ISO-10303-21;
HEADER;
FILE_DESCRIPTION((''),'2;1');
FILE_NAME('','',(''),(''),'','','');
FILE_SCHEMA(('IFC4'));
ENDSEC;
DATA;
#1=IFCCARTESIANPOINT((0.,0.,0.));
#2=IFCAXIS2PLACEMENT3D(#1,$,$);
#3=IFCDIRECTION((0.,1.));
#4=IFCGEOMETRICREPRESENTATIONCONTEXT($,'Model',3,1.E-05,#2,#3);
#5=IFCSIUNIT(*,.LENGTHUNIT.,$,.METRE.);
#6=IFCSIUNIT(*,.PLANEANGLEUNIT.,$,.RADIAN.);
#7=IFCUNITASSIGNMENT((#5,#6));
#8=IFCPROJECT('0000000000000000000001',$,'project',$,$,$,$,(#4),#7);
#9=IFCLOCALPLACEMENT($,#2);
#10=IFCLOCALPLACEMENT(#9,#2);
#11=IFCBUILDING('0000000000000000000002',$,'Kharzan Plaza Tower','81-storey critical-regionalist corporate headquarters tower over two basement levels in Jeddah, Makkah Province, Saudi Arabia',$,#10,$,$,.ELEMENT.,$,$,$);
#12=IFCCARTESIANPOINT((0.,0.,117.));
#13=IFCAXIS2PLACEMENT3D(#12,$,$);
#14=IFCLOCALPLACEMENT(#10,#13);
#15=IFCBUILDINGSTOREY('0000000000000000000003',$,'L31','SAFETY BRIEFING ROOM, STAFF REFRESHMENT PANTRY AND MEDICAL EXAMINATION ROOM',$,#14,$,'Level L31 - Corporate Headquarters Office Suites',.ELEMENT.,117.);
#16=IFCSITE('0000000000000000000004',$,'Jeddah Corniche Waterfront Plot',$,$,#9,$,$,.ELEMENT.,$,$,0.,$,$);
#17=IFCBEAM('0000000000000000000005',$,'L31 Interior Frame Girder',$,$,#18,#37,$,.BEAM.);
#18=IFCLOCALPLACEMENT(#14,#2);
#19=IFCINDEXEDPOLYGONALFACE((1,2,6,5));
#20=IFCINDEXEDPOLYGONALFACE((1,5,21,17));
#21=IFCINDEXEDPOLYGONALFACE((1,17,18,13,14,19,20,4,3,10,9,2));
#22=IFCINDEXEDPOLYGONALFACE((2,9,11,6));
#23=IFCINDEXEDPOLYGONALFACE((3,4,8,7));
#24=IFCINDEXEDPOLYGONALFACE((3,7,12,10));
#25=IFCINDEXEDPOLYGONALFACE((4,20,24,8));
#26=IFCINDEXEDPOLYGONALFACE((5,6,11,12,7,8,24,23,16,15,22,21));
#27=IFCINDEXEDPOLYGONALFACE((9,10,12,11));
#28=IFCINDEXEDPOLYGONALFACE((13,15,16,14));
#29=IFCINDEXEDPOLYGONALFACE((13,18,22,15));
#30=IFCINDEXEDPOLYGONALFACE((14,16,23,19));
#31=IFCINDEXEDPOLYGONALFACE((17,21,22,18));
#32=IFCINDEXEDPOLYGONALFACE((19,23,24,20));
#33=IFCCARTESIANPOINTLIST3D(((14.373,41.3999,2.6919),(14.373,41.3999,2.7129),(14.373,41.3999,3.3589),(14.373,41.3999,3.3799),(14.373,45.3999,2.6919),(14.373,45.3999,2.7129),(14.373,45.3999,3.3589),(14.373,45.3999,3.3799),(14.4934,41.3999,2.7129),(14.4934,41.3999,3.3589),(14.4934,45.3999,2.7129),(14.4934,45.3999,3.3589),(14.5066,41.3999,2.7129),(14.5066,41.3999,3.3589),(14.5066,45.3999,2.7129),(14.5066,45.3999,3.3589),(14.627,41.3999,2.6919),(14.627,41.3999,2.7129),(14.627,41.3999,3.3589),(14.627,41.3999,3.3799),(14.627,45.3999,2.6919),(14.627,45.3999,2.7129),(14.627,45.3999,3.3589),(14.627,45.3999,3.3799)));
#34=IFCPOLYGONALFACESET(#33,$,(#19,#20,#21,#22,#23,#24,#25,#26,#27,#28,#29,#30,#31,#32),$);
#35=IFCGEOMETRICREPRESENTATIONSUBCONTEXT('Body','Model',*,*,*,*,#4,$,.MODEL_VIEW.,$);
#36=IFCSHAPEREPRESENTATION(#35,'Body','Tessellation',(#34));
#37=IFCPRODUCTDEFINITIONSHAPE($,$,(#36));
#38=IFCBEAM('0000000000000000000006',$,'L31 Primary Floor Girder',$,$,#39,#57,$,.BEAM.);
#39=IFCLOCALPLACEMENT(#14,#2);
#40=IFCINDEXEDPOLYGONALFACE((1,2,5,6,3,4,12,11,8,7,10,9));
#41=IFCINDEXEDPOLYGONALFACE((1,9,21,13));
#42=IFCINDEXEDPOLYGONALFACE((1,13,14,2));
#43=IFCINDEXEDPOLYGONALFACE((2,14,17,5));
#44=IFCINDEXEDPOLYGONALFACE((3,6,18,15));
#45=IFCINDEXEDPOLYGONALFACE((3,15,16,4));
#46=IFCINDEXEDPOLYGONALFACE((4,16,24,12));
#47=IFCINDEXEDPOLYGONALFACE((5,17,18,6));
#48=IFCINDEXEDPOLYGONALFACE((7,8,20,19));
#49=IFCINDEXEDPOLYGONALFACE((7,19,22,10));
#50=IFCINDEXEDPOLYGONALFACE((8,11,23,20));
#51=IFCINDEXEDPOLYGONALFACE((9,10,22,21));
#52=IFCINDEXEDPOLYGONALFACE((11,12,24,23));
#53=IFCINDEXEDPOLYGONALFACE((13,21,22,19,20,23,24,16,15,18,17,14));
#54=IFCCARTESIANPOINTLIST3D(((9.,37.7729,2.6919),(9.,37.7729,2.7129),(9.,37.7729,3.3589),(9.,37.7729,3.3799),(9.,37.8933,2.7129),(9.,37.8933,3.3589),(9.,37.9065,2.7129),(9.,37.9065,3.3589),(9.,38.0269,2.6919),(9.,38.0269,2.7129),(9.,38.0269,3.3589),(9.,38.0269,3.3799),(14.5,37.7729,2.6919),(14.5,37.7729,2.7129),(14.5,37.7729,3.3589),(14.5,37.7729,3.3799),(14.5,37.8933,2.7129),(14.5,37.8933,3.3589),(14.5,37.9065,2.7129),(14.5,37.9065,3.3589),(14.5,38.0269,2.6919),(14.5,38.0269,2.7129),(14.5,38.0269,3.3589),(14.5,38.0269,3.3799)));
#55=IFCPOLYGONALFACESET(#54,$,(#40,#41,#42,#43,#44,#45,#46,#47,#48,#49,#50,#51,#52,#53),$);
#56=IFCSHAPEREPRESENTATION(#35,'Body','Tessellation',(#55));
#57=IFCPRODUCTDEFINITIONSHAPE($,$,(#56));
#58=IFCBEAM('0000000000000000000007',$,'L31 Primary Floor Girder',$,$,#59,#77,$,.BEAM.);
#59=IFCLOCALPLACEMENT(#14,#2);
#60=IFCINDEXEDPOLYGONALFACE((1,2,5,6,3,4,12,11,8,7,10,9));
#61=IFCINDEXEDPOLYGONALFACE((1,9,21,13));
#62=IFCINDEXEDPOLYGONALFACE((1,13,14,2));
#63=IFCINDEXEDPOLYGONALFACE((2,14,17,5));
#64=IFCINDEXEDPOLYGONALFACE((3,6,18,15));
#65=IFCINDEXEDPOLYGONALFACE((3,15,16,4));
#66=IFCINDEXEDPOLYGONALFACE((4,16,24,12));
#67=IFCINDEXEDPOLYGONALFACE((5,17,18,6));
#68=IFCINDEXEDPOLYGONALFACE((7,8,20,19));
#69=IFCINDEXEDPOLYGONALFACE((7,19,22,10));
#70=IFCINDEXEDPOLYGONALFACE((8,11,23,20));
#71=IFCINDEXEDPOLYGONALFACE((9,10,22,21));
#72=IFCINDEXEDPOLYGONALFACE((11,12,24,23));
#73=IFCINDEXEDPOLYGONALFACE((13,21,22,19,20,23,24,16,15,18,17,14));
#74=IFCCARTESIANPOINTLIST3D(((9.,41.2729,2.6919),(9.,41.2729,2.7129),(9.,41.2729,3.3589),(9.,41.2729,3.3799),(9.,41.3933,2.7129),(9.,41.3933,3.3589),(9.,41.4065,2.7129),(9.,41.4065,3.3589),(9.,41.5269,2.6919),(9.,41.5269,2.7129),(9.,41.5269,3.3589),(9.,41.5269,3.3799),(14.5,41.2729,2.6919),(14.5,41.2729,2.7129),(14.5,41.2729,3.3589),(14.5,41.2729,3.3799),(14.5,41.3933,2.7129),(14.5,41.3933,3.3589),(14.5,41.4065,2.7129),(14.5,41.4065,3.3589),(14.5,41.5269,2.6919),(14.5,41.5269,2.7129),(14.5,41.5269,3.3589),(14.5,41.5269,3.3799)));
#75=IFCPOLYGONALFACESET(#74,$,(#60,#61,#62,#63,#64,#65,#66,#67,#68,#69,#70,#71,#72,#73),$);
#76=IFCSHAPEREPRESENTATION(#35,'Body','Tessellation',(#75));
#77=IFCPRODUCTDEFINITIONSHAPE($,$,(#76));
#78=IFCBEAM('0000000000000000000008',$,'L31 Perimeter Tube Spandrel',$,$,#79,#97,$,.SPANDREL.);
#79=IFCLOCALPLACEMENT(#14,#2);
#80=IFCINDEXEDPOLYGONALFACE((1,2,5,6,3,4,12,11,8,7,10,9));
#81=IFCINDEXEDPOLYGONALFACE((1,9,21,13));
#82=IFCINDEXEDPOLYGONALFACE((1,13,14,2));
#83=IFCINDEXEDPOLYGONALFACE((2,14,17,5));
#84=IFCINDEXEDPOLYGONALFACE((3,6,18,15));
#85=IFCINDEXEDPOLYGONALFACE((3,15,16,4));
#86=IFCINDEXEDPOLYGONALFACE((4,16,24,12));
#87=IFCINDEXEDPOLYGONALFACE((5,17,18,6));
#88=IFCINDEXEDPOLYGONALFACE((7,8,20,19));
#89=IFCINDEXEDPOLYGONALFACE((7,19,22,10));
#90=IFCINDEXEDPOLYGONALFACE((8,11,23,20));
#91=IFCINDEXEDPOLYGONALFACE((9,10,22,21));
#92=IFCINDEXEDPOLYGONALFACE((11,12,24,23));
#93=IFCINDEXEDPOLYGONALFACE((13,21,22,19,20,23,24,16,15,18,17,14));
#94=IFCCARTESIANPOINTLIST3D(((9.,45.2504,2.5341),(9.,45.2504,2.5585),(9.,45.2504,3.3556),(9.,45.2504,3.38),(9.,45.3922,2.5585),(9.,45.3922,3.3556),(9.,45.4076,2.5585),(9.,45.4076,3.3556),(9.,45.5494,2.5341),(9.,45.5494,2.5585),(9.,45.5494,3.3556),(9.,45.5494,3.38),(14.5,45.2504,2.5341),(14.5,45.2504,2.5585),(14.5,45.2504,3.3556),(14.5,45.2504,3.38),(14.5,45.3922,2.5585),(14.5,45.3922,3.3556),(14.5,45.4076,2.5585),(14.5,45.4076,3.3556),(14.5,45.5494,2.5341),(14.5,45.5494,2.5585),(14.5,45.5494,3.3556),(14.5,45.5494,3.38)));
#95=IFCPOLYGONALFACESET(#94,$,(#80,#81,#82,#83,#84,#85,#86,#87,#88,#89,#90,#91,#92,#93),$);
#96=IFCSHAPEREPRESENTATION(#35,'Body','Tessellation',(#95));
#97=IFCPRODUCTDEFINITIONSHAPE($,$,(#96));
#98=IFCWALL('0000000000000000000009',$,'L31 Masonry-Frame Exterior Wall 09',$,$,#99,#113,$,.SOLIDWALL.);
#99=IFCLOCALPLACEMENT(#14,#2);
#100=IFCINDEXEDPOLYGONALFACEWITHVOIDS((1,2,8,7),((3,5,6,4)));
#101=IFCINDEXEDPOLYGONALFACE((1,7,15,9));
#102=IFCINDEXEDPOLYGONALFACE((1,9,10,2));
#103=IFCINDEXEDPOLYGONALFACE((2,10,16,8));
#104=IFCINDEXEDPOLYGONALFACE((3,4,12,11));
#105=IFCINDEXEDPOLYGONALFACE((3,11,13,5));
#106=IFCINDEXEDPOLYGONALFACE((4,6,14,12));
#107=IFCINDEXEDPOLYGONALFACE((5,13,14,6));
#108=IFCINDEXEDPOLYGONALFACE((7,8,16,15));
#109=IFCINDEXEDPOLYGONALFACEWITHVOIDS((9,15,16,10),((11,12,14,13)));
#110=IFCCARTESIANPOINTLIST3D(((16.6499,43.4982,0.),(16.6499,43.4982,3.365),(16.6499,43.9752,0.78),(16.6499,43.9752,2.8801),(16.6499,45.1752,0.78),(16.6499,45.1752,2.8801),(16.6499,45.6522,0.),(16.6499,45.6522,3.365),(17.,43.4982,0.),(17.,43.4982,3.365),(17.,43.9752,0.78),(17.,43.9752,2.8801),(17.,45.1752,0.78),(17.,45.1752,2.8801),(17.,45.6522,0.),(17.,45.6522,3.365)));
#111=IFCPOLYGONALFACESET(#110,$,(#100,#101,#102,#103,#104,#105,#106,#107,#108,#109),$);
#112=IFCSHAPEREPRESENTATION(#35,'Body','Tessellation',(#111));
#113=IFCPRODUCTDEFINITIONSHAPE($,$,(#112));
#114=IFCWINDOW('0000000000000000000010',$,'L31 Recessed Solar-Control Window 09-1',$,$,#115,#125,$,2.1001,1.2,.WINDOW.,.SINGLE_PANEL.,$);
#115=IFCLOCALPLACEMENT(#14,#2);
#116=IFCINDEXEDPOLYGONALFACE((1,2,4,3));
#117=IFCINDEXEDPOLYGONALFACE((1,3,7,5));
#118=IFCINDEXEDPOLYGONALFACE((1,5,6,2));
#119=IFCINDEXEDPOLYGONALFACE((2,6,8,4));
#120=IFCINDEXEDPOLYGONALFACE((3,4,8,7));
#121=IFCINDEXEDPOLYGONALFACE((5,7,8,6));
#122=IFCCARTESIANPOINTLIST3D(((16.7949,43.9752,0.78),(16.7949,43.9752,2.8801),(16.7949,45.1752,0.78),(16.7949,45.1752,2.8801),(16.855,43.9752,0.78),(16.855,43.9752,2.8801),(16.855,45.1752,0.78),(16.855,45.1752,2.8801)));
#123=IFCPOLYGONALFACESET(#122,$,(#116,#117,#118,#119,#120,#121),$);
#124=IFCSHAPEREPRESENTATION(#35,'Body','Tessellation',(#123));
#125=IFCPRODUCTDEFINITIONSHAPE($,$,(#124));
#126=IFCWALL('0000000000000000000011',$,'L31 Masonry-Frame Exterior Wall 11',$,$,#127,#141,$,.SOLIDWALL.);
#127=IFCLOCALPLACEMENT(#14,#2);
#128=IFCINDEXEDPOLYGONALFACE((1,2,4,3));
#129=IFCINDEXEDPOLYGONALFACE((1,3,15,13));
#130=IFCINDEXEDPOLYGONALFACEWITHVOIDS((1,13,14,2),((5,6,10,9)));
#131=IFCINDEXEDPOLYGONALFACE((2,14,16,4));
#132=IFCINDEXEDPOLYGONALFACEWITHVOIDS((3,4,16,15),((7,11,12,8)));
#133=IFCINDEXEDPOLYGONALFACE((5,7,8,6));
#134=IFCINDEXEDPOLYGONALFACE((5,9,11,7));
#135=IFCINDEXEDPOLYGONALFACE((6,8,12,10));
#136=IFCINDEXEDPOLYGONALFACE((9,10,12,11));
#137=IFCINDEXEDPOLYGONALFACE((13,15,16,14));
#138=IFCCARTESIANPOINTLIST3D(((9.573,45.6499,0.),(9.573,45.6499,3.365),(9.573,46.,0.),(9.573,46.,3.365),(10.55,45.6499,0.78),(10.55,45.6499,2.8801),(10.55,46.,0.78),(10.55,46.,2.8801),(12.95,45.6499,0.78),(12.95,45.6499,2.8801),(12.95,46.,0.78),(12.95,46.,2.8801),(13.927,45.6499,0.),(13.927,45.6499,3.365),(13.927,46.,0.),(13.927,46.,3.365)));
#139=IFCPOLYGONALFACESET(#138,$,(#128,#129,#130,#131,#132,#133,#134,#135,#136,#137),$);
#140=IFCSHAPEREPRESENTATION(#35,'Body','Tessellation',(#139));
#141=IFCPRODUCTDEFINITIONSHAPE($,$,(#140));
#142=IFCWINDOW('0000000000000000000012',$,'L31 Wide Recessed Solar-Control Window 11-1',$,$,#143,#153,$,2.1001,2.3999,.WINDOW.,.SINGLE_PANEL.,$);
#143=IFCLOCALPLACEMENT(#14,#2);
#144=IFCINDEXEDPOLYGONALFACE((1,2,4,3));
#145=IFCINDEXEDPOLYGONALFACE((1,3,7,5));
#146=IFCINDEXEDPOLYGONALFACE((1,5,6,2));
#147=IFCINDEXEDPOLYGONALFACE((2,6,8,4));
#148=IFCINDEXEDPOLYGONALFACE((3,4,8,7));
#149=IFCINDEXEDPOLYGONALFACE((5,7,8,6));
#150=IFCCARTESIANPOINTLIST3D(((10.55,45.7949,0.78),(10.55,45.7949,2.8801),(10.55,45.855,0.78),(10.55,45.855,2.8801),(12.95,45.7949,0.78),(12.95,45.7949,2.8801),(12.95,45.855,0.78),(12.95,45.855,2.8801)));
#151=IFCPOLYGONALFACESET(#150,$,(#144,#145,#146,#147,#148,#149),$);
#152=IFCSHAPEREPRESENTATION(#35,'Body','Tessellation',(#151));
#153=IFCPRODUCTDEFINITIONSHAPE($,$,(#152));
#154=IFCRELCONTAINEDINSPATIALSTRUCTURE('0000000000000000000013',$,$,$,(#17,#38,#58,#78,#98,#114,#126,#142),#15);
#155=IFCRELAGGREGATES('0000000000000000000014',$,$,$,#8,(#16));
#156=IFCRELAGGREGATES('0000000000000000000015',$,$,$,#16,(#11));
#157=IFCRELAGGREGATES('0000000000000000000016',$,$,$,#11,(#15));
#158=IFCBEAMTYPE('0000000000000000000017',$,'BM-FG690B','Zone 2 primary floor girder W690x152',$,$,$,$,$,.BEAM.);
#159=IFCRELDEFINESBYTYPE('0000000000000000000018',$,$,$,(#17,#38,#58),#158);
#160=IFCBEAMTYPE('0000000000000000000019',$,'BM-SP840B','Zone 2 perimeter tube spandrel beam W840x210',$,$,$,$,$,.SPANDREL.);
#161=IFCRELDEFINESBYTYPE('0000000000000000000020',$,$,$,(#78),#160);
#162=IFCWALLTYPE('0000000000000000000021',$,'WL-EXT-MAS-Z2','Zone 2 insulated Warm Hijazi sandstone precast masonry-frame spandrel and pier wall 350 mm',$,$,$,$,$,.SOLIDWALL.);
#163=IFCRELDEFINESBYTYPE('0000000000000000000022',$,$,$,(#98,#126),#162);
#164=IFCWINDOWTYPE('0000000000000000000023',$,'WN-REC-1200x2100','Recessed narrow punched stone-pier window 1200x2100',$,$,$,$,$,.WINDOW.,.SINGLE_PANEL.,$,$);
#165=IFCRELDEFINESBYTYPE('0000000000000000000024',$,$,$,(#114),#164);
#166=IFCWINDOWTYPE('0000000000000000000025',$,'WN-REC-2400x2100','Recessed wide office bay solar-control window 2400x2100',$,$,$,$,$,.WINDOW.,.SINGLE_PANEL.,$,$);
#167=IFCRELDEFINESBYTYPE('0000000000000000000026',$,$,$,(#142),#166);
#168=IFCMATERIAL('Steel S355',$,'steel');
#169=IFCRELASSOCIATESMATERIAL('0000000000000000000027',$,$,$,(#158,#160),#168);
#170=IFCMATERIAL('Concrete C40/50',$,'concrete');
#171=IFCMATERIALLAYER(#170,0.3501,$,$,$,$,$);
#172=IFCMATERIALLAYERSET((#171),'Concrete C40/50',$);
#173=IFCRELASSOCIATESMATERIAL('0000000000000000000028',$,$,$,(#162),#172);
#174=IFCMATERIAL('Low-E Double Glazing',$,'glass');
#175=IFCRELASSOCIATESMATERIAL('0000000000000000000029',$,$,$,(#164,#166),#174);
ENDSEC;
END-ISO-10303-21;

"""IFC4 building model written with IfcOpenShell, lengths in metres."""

from ifc_helpers import new_model, si_unit, direction, frame, frame_2d, origin, origin_2d, place, context, subcontext, project, spatial, rectangle, i_section, extrude, source, transform, mapped, material, layer, layer_set, material_profile, profile_set, type_object, element, fill, save


model = new_model("IFC4")

# Units and contexts
model_context = context("Model", 3, precision=1e-05, world=origin(), true_north=direction((0.0, 1.0)))
body_context = subcontext(model_context, "Body", "Model", "MODEL_VIEW")
ifc_project = project(units=[si_unit("LENGTHUNIT", "METRE"), si_unit("PLANEANGLEUNIT", "RADIAN")], contexts=[model_context])

# Site, building, storey
site_placement = place(None, origin())
site = spatial("IfcSite", under=ifc_project, at=site_placement, Name="Jeddah Corniche Waterfront Plot", CompositionType="ELEMENT", RefElevation=0.0)
building_placement = place(site_placement, origin())
building = spatial("IfcBuilding", under=site, at=building_placement, Name="Kharzan Plaza Tower", Description="81-storey critical-regionalist corporate headquarters tower over two basement levels in Jeddah, Makkah Province, Saudi Arabia", CompositionType="ELEMENT")
storey_placement = place(building_placement, frame((0.0, 0.0, 117.0)))
storey = spatial("IfcBuildingStorey", under=building, at=storey_placement, Name="L31", Description="SAFETY BRIEFING ROOM, STAFF REFRESHMENT PANTRY AND MEDICAL EXAMINATION ROOM", LongName="Level L31 - Corporate Headquarters Office Suites", CompositionType="ELEMENT", Elevation=117.0)

# Beams
ifc_material_1 = material(Name="Steel S355", Category="steel")
ifc_material_profile_1 = material_profile(ifc_material_1, i_section(OverallWidth=0.2539, OverallDepth=0.688, WebThickness=0.0132, FlangeThickness=0.021, at=origin_2d()), Name="W690x152")
ifc_profile_set_1 = profile_set([ifc_material_profile_1], Name="Steel S355")
beam_type_1 = type_object("IfcBeamType", Name="BM-FG690B", Description="Zone 2 primary floor girder W690x152", PredefinedType="BEAM", material=ifc_profile_set_1)
shared_shape_1 = source(origin(), body_context, "Body", "SweptSolid", [
    extrude(i_section(OverallWidth=0.2539, OverallDepth=0.688, WebThickness=0.0132, FlangeThickness=0.021, at=origin_2d()), origin(), (0.0, 0.0, 1.0), 4.0),
])
for number, where, z_axis, x_axis, name in (
    (1, (14.5, 41.3999, 3.0359), (0.0, 1.0, 0.0), (-1.0, 0.0, 0.0), "L31 Interior Frame Girder"),
):
    element("IfcBeam", number, at=place(storey_placement, frame(where, z_axis=z_axis, x_axis=x_axis)), inside=storey, type_object=beam_type_1, Name=name, PredefinedType="BEAM", context=body_context, shape_type="MappedRepresentation", body=[
        mapped(shared_shape_1, transform((0.0, 0.0, 0.0), x_axis=(1.0, 0.0, 0.0), y_axis=(0.0, 1.0, 0.0), z_axis=(0.0, 0.0, 1.0))),
    ])
shared_shape_2 = source(origin(), body_context, "Body", "SweptSolid", [
    extrude(i_section(OverallWidth=0.2539, OverallDepth=0.688, WebThickness=0.0132, FlangeThickness=0.021, at=origin_2d()), origin(), (0.0, 0.0, 1.0), 5.5),
])
for number, where, z_axis, x_axis, name in (
    (2, (9.0, 37.8999, 3.0359), (1.0, 0.0, 0.0), (0.0, 1.0, 0.0), "L31 Primary Floor Girder"),
    (3, (9.0, 41.3999, 3.0359), (1.0, 0.0, 0.0), (0.0, 1.0, 0.0), "L31 Primary Floor Girder"),
):
    element("IfcBeam", number, at=place(storey_placement, frame(where, z_axis=z_axis, x_axis=x_axis)), inside=storey, type_object=beam_type_1, Name=name, PredefinedType="BEAM", context=body_context, shape_type="MappedRepresentation", body=[
        mapped(shared_shape_2, transform((0.0, 0.0, 0.0), x_axis=(1.0, 0.0, 0.0), y_axis=(0.0, 1.0, 0.0), z_axis=(0.0, 0.0, 1.0))),
    ])
ifc_material_profile_2 = material_profile(ifc_material_1, i_section(OverallWidth=0.2991, OverallDepth=0.8459, WebThickness=0.0154, FlangeThickness=0.0244, at=origin_2d()), Name="W840x210")
ifc_profile_set_2 = profile_set([ifc_material_profile_2], Name="Steel S355")
beam_type_2 = type_object("IfcBeamType", Name="BM-SP840B", Description="Zone 2 perimeter tube spandrel beam W840x210", PredefinedType="SPANDREL", material=ifc_profile_set_2)
shared_shape_3 = source(origin(), body_context, "Body", "SweptSolid", [
    extrude(i_section(OverallWidth=0.2991, OverallDepth=0.8459, WebThickness=0.0154, FlangeThickness=0.0244, at=origin_2d()), origin(), (0.0, 0.0, 1.0), 5.5),
])
beam_placement = place(storey_placement, frame((9.0, 45.3999, 2.957), z_axis=(1.0, 0.0, 0.0), x_axis=(0.0, 1.0, 0.0)))
element("IfcBeam", 4, at=beam_placement, inside=storey, type_object=beam_type_2, Name="L31 Perimeter Tube Spandrel", PredefinedType="SPANDREL", context=body_context, shape_type="MappedRepresentation", body=[
    mapped(shared_shape_3, transform((0.0, 0.0, 0.0), x_axis=(1.0, 0.0, 0.0), y_axis=(0.0, 1.0, 0.0), z_axis=(0.0, 0.0, 1.0))),
])

# Walls, openings, windows
ifc_material_2 = material(Name="Concrete C40/50", Category="concrete")
ifc_layer_1 = layer(ifc_material_2, 0.3501)
ifc_layer_set_1 = layer_set([ifc_layer_1], Name="Concrete C40/50")
wall_type_1 = type_object("IfcWallType", Name="WL-EXT-MAS-Z2", Description="Zone 2 insulated Warm Hijazi sandstone precast masonry-frame spandrel and pier wall 350 mm", PredefinedType="SOLIDWALL", material=ifc_layer_set_1)
wall_1_placement = place(storey_placement, frame((16.825, 43.498, 0.0), z_axis=(0.0, 0.0, 1.0), x_axis=(0.0, 1.0, 0.0)))
wall_1 = element("IfcWall", 5, at=wall_1_placement, inside=storey, type_object=wall_type_1, Name="L31 Masonry-Frame Exterior Wall 09", PredefinedType="SOLIDWALL", context=body_context, shape_type="SweptSolid", body=[
    extrude(rectangle(XDim=2.1541, YDim=0.3501, at=frame_2d((1.0771, 0.0))), origin(), (0.0, 0.0, 1.0), 3.365),
])
opening_1_placement = place(wall_1_placement, frame((0.4771, 0.0, 0.78)))
opening_1 = element("IfcOpeningElement", 6, at=opening_1_placement, cuts=wall_1, PredefinedType="OPENING", context=body_context, shape_type="SweptSolid", body=[
    extrude(rectangle(XDim=1.2, YDim=2.1001, at=frame_2d((0.6001, 1.05))), frame((0.0, 0.1851, 0.0), z_axis=(0.0, -1.0, 0.0), x_axis=(1.0, 0.0, 0.0)), (0.0, 0.0, 1.0), 0.3701),
])
ifc_material_3 = material(Name="Low-E Double Glazing", Category="glass")
window_type_1 = type_object("IfcWindowType", Name="WN-REC-1200x2100", Description="Recessed narrow punched stone-pier window 1200x2100", PartitioningType="SINGLE_PANEL", PredefinedType="WINDOW", material=ifc_material_3)
shared_shape_4 = source(origin(), body_context, "Body", "SweptSolid", [
    extrude(rectangle(XDim=1.2, YDim=2.1001, at=frame_2d((0.6001, 1.05))), frame((0.0, 0.03, 0.0), z_axis=(0.0, -1.0, 0.0), x_axis=(1.0, 0.0, 0.0)), (0.0, 0.0, 1.0), 0.0601),
])
window_1_placement = place(opening_1_placement, origin())
window_1 = element("IfcWindow", 7, at=window_1_placement, inside=storey, type_object=window_type_1, Name="L31 Recessed Solar-Control Window 09-1", OverallHeight=2.1001, OverallWidth=1.2, PartitioningType="SINGLE_PANEL", PredefinedType="WINDOW", context=body_context, shape_type="MappedRepresentation", body=[
    mapped(shared_shape_4, transform((0.0, 0.0, 0.0), x_axis=(1.0, 0.0, 0.0), y_axis=(0.0, 1.0, 0.0), z_axis=(0.0, 0.0, 1.0))),
])
fill(opening_1, window_1)
wall_2_placement = place(storey_placement, frame((13.927, 45.825, 0.0), z_axis=(0.0, 0.0, 1.0), x_axis=(-1.0, 0.0, 0.0)))
wall_2 = element("IfcWall", 8, at=wall_2_placement, inside=storey, type_object=wall_type_1, Name="L31 Masonry-Frame Exterior Wall 11", PredefinedType="SOLIDWALL", context=body_context, shape_type="SweptSolid", body=[
    extrude(rectangle(XDim=4.354, YDim=0.3501, at=frame_2d((2.177, 0.0))), origin(), (0.0, 0.0, 1.0), 3.365),
])
opening_2_placement = place(wall_2_placement, frame((0.9771, 0.0, 0.78)))
opening_2 = element("IfcOpeningElement", 9, at=opening_2_placement, cuts=wall_2, PredefinedType="OPENING", context=body_context, shape_type="SweptSolid", body=[
    extrude(rectangle(XDim=2.3999, YDim=2.1001, at=frame_2d((1.2, 1.05))), frame((0.0, 0.1851, 0.0), z_axis=(0.0, -1.0, 0.0), x_axis=(1.0, 0.0, 0.0)), (0.0, 0.0, 1.0), 0.3701),
])
window_type_2 = type_object("IfcWindowType", Name="WN-REC-2400x2100", Description="Recessed wide office bay solar-control window 2400x2100", PartitioningType="SINGLE_PANEL", PredefinedType="WINDOW", material=ifc_material_3)
shared_shape_5 = source(origin(), body_context, "Body", "SweptSolid", [
    extrude(rectangle(XDim=2.3999, YDim=2.1001, at=frame_2d((1.2, 1.05))), frame((0.0, 0.03, 0.0), z_axis=(0.0, -1.0, 0.0), x_axis=(1.0, 0.0, 0.0)), (0.0, 0.0, 1.0), 0.0601),
])
window_2_placement = place(opening_2_placement, origin())
window_2 = element("IfcWindow", 10, at=window_2_placement, inside=storey, type_object=window_type_2, Name="L31 Wide Recessed Solar-Control Window 11-1", OverallHeight=2.1001, OverallWidth=2.3999, PartitioningType="SINGLE_PANEL", PredefinedType="WINDOW", context=body_context, shape_type="MappedRepresentation", body=[
    mapped(shared_shape_5, transform((0.0, 0.0, 0.0), x_axis=(1.0, 0.0, 0.0), y_axis=(0.0, 1.0, 0.0), z_axis=(0.0, 0.0, 1.0))),
])
fill(opening_2, window_2)

save(model, "model.ifc")
